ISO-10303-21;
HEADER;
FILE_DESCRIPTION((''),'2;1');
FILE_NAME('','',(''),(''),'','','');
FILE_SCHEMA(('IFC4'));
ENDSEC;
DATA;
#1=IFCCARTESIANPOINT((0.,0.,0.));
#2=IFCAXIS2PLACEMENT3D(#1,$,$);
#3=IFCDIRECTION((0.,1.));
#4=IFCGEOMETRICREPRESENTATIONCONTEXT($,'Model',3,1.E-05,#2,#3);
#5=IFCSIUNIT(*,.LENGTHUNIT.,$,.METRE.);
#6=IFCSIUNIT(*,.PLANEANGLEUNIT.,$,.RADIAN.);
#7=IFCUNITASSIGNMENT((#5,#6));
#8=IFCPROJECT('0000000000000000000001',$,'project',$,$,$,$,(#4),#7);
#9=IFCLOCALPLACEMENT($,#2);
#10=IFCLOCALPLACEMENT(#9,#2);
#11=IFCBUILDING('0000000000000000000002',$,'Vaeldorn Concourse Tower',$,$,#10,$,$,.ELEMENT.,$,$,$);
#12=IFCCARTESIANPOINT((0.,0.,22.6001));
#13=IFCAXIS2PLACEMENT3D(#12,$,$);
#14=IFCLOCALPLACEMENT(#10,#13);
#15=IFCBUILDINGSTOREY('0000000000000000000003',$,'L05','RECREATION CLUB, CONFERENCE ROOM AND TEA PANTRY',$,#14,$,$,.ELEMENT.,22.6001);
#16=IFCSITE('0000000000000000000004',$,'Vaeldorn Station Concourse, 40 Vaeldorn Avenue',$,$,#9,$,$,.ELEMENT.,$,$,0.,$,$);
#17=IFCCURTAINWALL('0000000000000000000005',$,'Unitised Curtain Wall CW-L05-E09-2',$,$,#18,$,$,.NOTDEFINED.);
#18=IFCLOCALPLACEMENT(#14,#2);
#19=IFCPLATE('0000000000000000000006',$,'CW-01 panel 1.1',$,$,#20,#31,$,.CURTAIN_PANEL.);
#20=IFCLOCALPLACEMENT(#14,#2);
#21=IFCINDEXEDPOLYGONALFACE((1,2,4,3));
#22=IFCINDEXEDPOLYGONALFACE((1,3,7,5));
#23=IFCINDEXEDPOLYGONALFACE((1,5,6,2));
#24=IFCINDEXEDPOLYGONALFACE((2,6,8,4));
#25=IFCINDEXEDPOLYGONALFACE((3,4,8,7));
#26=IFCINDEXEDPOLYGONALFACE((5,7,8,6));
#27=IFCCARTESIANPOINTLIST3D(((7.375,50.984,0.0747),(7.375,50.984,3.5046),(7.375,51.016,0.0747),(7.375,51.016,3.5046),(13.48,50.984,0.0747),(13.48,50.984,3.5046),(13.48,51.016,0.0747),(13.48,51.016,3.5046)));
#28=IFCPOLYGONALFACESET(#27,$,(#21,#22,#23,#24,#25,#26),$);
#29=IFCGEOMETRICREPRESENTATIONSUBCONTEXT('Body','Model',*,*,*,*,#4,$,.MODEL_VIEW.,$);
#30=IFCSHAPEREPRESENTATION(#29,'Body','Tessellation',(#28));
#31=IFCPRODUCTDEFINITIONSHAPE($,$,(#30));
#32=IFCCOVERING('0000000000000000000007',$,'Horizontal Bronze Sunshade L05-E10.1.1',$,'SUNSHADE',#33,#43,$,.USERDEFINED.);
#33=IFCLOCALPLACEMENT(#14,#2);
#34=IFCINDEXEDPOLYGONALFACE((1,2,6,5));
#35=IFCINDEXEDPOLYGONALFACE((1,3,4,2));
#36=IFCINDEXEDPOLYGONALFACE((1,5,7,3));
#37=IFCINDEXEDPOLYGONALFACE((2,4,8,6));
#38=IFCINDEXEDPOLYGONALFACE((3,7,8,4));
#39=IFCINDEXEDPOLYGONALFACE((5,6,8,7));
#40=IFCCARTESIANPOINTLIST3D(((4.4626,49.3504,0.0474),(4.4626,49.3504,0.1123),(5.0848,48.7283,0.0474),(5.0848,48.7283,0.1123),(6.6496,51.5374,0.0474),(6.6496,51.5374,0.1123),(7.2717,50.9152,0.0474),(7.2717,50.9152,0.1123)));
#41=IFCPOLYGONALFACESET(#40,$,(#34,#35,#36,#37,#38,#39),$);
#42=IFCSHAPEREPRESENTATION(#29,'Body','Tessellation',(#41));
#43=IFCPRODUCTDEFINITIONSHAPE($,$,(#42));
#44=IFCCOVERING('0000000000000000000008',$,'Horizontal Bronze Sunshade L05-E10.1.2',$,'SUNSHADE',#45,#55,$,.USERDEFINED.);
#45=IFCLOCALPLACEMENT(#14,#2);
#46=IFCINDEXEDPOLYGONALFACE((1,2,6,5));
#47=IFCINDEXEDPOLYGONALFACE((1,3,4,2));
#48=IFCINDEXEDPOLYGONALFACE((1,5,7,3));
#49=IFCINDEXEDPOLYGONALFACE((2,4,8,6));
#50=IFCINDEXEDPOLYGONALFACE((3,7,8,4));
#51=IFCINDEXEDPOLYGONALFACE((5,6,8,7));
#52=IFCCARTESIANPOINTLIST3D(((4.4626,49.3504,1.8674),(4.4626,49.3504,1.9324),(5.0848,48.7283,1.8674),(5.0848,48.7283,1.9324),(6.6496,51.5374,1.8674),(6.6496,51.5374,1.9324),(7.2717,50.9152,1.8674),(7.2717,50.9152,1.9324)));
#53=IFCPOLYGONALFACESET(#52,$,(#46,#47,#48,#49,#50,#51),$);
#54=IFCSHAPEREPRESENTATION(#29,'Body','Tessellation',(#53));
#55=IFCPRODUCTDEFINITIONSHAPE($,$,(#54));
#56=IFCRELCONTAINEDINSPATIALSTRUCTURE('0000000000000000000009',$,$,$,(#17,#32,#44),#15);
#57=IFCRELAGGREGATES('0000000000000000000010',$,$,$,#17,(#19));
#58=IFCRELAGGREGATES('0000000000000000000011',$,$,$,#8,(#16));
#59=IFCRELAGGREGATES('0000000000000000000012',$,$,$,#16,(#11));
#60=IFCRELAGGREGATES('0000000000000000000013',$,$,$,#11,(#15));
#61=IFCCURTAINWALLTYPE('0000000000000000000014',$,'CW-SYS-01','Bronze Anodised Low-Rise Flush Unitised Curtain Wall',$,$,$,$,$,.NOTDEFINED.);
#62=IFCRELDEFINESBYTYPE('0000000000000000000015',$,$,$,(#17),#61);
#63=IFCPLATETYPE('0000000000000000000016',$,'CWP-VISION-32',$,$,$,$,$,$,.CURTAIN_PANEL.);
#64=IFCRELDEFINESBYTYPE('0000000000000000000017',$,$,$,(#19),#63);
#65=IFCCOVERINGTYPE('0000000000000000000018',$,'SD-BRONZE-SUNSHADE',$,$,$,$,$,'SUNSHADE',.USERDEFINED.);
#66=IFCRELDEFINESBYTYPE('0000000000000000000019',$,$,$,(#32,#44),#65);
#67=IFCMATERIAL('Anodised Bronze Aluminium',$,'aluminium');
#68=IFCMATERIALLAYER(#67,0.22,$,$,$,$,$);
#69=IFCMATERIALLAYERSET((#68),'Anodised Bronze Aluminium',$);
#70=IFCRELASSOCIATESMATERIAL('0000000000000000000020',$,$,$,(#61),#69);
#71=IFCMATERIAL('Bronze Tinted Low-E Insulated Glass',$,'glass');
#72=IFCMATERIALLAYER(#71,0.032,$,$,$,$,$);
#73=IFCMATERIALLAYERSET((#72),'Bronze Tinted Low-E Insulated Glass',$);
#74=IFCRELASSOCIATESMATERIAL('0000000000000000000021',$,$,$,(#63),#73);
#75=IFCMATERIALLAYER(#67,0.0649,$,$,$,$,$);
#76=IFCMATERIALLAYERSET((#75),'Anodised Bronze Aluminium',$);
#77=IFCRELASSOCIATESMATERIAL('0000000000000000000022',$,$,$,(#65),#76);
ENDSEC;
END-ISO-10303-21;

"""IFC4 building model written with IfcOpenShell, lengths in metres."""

from ifc_helpers import new_model, si_unit, direction, frame, origin, origin_2d, place, context, subcontext, project, spatial, rectangle, extrude, source, transform, mapped, material, layer, layer_set, type_object, element, aggregate, save


model = new_model("IFC4")

# Units and contexts
model_context = context("Model", 3, precision=1e-05, world=origin(), true_north=direction((0.0, 1.0)))
body_context = subcontext(model_context, "Body", "Model", "MODEL_VIEW")
ifc_project = project(units=[si_unit("LENGTHUNIT", "METRE"), si_unit("PLANEANGLEUNIT", "RADIAN")], contexts=[model_context])

# Site, building, storey
site_placement = place(None, origin())
site = spatial("IfcSite", under=ifc_project, at=site_placement, Name="Vaeldorn Station Concourse, 40 Vaeldorn Avenue", CompositionType="ELEMENT", RefElevation=0.0)
building_placement = place(site_placement, origin())
building = spatial("IfcBuilding", under=site, at=building_placement, Name="Vaeldorn Concourse Tower", CompositionType="ELEMENT")
storey_placement = place(building_placement, frame((0.0, 0.0, 22.6001)))
storey = spatial("IfcBuildingStorey", under=building, at=storey_placement, Name="L05", Description="RECREATION CLUB, CONFERENCE ROOM AND TEA PANTRY", CompositionType="ELEMENT", Elevation=22.6001)

# Curtain wall
ifc_material_1 = material(Name="Anodised Bronze Aluminium", Category="aluminium")
ifc_layer_1 = layer(ifc_material_1, 0.22)
ifc_layer_set_1 = layer_set([ifc_layer_1], Name="Anodised Bronze Aluminium")
curtain_wall_type = type_object("IfcCurtainWallType", Name="CW-SYS-01", Description="Bronze Anodised Low-Rise Flush Unitised Curtain Wall", PredefinedType="NOTDEFINED", material=ifc_layer_set_1)
curtain_wall_1_placement = place(storey_placement, origin())
curtain_wall_1 = element("IfcCurtainWall", 1, at=curtain_wall_1_placement, inside=storey, type_object=curtain_wall_type, Name="Unitised Curtain Wall CW-L05-E09-2", PredefinedType="NOTDEFINED")

# Plate
ifc_material_2 = material(Name="Bronze Tinted Low-E Insulated Glass", Category="glass")
ifc_layer_2 = layer(ifc_material_2, 0.032)
ifc_layer_set_2 = layer_set([ifc_layer_2], Name="Bronze Tinted Low-E Insulated Glass")
plate_type = type_object("IfcPlateType", Name="CWP-VISION-32", PredefinedType="CURTAIN_PANEL", material=ifc_layer_set_2)
shared_shape_1 = source(origin(), body_context, "Body", "SweptSolid", [
    extrude(rectangle(XDim=6.105, YDim=0.032, at=origin_2d()), origin(), (0.0, 0.0, 1.0), 3.4299),
])
plate_1_placement = place(storey_placement, frame((10.4275, 51.0, 0.0747), z_axis=(0.0, 0.0, 1.0), x_axis=(-1.0, 0.0, 0.0)))
plate_1 = element("IfcPlate", 2, at=plate_1_placement, type_object=plate_type, Name="CW-01 panel 1.1", PredefinedType="CURTAIN_PANEL", context=body_context, shape_type="MappedRepresentation", body=[
    mapped(shared_shape_1, transform((0.0, 0.0, 0.0), scale=1.0)),
])
aggregate(curtain_wall_1, [plate_1])

# Coverings
ifc_layer_3 = layer(ifc_material_1, 0.0649)
ifc_layer_set_3 = layer_set([ifc_layer_3], Name="Anodised Bronze Aluminium")
covering_type = type_object("IfcCoveringType", Name="SD-BRONZE-SUNSHADE", ElementType="SUNSHADE", PredefinedType="USERDEFINED", material=ifc_layer_set_3)
shared_shape_2 = source(origin(), body_context, "Body", "SweptSolid", [
    extrude(rectangle(XDim=3.0928, YDim=0.8799, at=origin_2d()), origin(), (0.0, 0.0, 1.0), 0.0649),
])
for number, where, z_axis, x_axis, name in (
    (3, (5.8672, 50.1328, 0.0474), (0.0, 0.0, 1.0), (-0.707107, -0.707107, 0.0), "Horizontal Bronze Sunshade L05-E10.1.1"),
    (4, (5.8672, 50.1328, 1.8674), (0.0, 0.0, 1.0), (-0.707107, -0.707107, 0.0), "Horizontal Bronze Sunshade L05-E10.1.2"),
):
    element("IfcCovering", number, at=place(storey_placement, frame(where, z_axis=z_axis, x_axis=x_axis)), inside=storey, type_object=covering_type, Name=name, ObjectType="SUNSHADE", PredefinedType="USERDEFINED", context=body_context, shape_type="MappedRepresentation", body=[
        mapped(shared_shape_2, transform((0.0, 0.0, 0.0), scale=1.0)),
    ])

save(model, "model.ifc")
